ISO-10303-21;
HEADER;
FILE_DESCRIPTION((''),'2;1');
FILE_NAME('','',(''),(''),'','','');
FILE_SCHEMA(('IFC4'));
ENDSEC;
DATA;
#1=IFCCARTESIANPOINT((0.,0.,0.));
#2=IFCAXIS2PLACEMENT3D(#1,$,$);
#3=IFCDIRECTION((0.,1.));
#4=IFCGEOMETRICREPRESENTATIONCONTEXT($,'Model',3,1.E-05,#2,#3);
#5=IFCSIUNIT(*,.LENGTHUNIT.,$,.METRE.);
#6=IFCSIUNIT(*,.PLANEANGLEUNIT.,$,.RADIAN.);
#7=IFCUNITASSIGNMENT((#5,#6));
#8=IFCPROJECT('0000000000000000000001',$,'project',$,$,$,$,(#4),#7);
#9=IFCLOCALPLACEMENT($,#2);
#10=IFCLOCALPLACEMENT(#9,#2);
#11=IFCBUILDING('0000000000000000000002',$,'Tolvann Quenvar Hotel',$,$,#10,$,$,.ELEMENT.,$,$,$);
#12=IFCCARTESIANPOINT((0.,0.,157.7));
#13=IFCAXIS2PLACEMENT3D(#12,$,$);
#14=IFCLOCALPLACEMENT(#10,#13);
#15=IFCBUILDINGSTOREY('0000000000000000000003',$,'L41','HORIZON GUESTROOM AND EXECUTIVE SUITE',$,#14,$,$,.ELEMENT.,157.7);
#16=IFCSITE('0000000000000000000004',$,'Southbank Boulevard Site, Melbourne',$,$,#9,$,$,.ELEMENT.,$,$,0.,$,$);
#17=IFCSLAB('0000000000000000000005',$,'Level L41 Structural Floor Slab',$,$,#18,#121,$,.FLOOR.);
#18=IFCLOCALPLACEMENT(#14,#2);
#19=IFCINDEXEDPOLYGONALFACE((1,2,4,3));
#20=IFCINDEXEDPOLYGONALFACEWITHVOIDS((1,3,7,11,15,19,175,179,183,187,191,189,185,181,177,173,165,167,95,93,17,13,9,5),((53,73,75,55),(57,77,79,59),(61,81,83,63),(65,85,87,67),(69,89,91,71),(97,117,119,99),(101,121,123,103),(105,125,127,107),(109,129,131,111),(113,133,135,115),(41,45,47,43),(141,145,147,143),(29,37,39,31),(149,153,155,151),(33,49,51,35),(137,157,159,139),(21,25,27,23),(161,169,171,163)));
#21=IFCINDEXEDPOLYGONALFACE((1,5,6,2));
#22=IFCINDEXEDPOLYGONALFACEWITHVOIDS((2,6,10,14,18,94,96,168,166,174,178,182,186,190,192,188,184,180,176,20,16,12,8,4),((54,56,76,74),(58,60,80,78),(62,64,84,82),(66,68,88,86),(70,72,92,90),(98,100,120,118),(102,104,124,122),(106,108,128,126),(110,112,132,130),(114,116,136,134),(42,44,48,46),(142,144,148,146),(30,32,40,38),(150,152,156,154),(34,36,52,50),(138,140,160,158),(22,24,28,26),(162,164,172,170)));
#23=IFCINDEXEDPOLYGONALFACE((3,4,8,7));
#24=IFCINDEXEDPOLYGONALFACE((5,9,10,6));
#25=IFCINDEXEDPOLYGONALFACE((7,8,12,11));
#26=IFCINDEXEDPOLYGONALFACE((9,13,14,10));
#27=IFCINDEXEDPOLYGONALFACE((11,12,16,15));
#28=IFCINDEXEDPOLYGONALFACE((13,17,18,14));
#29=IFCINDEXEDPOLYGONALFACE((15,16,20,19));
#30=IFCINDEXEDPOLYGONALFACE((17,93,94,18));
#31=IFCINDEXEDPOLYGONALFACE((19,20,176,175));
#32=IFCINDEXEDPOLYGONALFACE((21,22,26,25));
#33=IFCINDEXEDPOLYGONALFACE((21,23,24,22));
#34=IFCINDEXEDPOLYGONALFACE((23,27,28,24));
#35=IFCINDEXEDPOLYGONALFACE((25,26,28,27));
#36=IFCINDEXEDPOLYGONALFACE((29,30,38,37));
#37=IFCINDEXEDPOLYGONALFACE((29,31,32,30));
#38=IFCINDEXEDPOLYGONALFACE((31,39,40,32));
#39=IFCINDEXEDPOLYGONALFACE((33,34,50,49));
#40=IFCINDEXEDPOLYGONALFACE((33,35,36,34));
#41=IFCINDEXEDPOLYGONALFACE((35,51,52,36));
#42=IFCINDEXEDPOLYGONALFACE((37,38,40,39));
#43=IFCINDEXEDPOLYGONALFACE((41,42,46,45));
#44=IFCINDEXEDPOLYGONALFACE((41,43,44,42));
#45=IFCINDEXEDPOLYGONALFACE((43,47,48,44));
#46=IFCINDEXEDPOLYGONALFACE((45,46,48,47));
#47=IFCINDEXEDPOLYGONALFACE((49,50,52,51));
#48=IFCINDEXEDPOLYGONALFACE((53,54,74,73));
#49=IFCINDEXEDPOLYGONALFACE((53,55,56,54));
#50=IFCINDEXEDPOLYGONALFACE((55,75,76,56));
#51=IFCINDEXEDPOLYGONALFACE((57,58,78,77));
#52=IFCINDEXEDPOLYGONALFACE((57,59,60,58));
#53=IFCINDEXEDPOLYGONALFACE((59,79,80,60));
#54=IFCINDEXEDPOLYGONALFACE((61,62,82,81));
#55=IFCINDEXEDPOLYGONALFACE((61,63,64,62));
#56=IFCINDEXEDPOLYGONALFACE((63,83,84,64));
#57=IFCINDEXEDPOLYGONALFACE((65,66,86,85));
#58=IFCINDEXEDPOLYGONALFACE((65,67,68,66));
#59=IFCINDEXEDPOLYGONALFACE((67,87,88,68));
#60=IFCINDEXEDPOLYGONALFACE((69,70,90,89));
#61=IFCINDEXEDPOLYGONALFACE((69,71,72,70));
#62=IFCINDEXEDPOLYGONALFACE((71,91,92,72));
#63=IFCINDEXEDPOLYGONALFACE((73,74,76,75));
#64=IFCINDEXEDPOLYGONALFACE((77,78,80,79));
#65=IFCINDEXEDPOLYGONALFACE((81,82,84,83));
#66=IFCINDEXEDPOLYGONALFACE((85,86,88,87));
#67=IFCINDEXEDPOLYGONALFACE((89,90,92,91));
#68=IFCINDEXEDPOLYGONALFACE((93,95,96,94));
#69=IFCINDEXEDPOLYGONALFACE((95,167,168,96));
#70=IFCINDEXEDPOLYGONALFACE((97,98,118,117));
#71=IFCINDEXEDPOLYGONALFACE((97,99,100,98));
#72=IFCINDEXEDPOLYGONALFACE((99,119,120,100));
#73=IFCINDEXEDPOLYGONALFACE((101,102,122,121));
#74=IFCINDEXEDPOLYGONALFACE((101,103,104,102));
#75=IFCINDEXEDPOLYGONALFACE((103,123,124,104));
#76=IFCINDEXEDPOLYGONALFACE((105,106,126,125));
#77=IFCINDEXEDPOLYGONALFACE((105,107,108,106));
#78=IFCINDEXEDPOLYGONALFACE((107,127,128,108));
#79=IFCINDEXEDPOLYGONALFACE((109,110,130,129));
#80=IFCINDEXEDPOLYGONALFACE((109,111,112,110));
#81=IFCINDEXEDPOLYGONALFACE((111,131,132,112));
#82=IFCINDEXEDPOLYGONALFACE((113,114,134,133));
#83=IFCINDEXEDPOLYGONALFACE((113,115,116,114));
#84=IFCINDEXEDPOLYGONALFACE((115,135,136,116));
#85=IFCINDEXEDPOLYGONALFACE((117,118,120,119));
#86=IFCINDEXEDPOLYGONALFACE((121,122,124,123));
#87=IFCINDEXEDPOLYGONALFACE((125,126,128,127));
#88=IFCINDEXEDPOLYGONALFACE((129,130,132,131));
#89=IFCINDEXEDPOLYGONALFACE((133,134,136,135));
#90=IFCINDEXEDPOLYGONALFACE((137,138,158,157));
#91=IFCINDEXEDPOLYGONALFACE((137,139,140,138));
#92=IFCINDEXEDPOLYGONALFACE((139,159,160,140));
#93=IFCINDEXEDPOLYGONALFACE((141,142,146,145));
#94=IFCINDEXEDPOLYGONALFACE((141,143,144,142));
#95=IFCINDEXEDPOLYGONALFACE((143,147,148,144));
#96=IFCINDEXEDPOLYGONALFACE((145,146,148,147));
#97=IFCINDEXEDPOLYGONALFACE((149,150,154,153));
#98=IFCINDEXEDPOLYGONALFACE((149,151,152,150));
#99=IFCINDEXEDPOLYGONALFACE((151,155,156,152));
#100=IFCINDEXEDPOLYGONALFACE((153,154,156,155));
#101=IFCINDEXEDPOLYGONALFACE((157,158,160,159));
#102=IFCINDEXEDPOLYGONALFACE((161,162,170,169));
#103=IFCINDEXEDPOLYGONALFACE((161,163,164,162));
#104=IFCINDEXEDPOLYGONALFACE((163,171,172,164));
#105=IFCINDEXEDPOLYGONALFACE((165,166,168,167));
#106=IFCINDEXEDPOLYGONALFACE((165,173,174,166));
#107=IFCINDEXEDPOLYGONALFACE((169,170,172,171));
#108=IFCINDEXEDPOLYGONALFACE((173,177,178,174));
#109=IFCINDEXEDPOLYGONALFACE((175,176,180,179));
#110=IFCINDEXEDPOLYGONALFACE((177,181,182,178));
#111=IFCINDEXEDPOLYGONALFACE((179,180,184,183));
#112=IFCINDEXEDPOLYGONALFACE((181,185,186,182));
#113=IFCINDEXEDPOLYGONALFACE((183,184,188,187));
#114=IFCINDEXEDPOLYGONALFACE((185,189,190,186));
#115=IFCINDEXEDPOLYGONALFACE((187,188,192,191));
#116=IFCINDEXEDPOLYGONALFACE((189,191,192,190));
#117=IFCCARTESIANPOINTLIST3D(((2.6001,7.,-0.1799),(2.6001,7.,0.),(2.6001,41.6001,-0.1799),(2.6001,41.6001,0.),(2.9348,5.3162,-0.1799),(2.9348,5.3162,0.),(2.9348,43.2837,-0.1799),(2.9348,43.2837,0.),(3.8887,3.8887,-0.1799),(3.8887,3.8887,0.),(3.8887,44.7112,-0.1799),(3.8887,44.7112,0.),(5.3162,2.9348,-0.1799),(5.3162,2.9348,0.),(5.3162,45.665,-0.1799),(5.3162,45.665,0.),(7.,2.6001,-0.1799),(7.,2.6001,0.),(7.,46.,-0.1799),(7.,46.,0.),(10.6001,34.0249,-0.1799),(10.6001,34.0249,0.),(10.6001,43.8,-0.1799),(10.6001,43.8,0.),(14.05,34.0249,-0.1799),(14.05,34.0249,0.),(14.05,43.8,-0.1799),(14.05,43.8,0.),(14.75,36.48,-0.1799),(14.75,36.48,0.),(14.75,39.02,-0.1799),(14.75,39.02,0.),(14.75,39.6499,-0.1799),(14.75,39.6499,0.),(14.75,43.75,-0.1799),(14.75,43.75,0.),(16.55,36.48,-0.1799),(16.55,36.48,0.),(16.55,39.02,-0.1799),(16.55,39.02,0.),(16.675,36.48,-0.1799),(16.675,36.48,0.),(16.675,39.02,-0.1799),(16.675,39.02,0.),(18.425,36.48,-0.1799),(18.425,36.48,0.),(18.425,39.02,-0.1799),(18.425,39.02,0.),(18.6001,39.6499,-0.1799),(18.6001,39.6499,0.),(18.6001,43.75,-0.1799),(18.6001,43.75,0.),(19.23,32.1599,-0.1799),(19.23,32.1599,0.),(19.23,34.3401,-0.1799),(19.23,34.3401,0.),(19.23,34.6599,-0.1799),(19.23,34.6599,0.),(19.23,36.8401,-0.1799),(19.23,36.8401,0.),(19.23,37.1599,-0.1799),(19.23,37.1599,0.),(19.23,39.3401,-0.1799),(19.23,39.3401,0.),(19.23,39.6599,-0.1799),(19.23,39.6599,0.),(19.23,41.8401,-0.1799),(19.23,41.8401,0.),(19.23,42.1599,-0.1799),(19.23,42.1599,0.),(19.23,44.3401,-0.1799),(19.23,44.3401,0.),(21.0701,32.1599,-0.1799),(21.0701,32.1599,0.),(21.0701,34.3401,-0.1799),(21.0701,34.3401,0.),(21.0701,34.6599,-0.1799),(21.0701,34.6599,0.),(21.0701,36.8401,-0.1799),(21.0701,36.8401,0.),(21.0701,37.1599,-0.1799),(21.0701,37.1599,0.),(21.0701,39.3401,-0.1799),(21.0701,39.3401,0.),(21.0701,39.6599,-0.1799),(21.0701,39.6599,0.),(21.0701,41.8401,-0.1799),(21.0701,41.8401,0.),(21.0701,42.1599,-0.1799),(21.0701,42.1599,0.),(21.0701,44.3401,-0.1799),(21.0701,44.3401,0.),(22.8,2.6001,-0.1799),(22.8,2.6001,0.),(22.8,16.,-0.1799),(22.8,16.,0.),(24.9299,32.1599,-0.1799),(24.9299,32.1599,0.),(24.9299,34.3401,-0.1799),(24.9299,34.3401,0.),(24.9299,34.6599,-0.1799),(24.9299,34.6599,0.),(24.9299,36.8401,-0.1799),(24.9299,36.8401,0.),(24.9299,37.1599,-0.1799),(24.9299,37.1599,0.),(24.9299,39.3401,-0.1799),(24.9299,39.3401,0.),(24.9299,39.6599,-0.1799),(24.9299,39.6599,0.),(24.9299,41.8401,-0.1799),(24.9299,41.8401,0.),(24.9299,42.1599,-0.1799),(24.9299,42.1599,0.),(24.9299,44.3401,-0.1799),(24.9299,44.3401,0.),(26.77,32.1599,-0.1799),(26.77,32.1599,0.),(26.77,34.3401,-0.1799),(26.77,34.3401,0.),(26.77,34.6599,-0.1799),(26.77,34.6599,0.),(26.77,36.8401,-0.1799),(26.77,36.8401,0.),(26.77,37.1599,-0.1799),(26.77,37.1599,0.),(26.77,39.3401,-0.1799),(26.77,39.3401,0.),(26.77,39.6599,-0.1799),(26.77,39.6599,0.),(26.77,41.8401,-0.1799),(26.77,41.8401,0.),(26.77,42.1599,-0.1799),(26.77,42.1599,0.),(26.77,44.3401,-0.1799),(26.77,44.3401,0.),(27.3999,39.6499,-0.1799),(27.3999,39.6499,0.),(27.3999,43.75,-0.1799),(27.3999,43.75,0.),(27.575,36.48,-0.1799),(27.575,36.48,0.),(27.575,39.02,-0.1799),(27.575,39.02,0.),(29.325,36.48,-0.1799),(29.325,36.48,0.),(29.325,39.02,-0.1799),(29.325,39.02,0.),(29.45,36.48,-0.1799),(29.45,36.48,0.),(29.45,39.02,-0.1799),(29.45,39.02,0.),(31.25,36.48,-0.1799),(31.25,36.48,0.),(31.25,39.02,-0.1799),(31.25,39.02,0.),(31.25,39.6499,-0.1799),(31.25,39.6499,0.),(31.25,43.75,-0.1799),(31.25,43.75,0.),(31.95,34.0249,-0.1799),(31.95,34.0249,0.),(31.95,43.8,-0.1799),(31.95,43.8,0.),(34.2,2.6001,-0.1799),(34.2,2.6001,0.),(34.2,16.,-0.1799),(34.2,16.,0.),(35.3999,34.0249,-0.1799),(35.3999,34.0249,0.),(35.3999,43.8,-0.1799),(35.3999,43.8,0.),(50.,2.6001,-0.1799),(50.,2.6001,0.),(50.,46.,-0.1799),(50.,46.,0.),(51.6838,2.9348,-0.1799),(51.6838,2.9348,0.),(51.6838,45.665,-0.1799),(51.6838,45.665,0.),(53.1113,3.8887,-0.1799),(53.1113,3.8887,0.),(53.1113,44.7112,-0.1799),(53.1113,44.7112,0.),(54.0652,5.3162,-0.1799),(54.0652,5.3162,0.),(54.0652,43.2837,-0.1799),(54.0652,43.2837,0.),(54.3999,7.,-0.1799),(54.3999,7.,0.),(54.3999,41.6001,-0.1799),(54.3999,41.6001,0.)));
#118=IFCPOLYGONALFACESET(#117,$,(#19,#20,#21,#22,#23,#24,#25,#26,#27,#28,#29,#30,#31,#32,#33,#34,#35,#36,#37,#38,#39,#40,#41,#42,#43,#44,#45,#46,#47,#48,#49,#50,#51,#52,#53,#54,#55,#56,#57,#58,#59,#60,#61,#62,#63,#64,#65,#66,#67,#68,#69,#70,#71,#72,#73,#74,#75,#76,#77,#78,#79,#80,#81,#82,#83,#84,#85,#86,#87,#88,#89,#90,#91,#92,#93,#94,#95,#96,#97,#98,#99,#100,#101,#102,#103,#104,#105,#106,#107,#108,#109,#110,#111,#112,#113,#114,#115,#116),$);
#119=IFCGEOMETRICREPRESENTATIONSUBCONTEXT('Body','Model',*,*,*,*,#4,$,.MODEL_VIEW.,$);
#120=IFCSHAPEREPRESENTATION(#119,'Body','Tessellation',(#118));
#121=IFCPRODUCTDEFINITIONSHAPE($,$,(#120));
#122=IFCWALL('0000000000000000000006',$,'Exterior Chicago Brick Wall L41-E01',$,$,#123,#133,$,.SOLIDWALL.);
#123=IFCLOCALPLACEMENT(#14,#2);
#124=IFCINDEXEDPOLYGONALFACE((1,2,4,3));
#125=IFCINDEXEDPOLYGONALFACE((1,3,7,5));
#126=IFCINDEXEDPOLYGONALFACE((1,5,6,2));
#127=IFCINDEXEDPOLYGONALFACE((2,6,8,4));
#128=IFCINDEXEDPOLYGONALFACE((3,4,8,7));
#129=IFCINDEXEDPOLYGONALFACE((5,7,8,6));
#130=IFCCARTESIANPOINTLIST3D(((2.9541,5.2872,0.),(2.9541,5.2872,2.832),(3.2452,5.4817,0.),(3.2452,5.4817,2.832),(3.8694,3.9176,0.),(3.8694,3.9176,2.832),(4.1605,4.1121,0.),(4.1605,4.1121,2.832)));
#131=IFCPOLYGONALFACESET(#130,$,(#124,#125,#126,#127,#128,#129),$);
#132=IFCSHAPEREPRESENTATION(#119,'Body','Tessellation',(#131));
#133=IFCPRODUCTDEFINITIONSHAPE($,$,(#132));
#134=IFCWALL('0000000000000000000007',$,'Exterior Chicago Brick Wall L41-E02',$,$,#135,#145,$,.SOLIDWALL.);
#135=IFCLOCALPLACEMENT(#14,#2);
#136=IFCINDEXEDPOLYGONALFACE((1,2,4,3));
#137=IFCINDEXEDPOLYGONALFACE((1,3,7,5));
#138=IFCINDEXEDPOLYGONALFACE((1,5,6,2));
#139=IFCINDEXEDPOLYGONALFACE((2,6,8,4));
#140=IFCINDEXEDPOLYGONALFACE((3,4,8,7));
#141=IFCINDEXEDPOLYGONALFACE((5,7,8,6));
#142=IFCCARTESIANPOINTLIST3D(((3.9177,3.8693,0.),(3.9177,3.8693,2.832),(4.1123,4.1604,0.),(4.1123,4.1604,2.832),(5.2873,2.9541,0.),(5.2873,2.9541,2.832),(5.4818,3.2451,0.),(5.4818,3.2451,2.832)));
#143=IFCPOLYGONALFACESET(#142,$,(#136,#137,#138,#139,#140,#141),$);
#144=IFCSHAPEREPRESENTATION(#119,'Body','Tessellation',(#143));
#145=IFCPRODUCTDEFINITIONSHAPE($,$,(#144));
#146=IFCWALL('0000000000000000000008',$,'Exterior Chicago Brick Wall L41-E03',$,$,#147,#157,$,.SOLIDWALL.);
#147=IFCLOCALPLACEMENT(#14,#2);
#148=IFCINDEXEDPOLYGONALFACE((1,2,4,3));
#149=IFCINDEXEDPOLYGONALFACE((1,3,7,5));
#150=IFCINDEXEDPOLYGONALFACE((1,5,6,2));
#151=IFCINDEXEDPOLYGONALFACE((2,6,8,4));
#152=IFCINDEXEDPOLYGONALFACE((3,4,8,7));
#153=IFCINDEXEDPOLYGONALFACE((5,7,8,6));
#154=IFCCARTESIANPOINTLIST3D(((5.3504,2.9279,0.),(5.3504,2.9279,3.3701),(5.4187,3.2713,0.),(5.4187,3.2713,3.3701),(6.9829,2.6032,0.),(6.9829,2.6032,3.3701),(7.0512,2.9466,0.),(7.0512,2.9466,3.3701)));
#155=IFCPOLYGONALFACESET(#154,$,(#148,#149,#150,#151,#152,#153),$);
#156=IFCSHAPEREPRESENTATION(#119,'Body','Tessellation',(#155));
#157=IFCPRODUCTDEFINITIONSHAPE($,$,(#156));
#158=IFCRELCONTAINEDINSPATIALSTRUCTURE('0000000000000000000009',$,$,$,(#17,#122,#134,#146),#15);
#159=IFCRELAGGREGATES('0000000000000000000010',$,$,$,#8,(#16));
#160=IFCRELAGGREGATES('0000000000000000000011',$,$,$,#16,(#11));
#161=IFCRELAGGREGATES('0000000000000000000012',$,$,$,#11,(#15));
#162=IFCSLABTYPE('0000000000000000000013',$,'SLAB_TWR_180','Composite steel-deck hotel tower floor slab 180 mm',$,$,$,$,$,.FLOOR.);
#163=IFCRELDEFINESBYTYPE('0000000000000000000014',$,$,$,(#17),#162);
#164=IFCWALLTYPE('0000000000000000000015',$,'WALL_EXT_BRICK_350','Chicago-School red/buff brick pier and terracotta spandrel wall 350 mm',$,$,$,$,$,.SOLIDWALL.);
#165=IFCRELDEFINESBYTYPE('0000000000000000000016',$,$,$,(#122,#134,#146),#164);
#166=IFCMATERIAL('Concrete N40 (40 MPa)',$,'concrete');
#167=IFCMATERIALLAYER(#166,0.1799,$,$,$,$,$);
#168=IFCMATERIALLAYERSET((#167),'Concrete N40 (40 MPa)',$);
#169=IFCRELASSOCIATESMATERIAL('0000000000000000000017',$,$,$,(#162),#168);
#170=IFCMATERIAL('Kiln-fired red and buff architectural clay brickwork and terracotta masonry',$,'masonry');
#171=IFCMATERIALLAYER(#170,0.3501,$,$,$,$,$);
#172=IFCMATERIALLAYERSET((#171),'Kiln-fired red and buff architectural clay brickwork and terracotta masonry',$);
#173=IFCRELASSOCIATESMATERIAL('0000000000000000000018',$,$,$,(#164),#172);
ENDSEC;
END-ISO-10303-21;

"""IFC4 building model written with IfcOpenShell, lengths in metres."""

from ifc_helpers import new_model, si_unit, direction, frame, frame_2d, origin, place, context, subcontext, project, spatial, polyline, rectangle, outline, extrude, material, layer, layer_set, type_object, element, save


model = new_model("IFC4")

# Units and contexts
model_context = context("Model", 3, precision=1e-05, world=origin(), true_north=direction((0.0, 1.0)))
body_context = subcontext(model_context, "Body", "Model", "MODEL_VIEW")
ifc_project = project(units=[si_unit("LENGTHUNIT", "METRE"), si_unit("PLANEANGLEUNIT", "RADIAN")], contexts=[model_context])

# Site, building, storey
site_placement = place(None, origin())
site = spatial("IfcSite", under=ifc_project, at=site_placement, Name="Southbank Boulevard Site, Melbourne", CompositionType="ELEMENT", RefElevation=0.0)
building_placement = place(site_placement, origin())
building = spatial("IfcBuilding", under=site, at=building_placement, Name="Tolvann Quenvar Hotel", CompositionType="ELEMENT")
storey_placement = place(building_placement, frame((0.0, 0.0, 157.7)))
storey = spatial("IfcBuildingStorey", under=building, at=storey_placement, Name="L41", Description="HORIZON GUESTROOM AND EXECUTIVE SUITE", CompositionType="ELEMENT", Elevation=157.7)

# Shared definitions
ifc_material_1 = material(Name="Concrete N40 (40 MPa)", Category="concrete")

# Slab
ifc_layer_1 = layer(ifc_material_1, 0.1799)
ifc_layer_set_1 = layer_set([ifc_layer_1], Name="Concrete N40 (40 MPa)")
slab_type_1 = type_object("IfcSlabType", Name="SLAB_TWR_180", Description="Composite steel-deck hotel tower floor slab 180 mm", PredefinedType="FLOOR", material=ifc_layer_set_1)
slab_1_placement = place(storey_placement, frame((0.0, 0.0, -0.1799)))
element("IfcSlab", 1, at=slab_1_placement, inside=storey, type_object=slab_type_1, Name="Level L41 Structural Floor Slab", PredefinedType="FLOOR", context=body_context, shape_type="SweptSolid", body=[
    extrude(outline(polyline([(2.6001, 7.0), (2.9348, 5.3162), (3.8887, 3.8887), (5.3162, 2.9348), (7.0, 2.6001), (22.8, 2.6001), (22.8, 16.0), (34.2, 16.0), (34.2, 2.6001), (50.0, 2.6001), (51.6838, 2.9348), (53.1113, 3.8887), (54.0652, 5.3162), (54.3999, 7.0), (54.3999, 41.6001), (54.0652, 43.2837), (53.1113, 44.7112), (51.6838, 45.665), (50.0, 46.0), (7.0, 46.0), (5.3162, 45.665), (3.8887, 44.7112), (2.9348, 43.2837), (2.6001, 41.6001), (2.6001, 7.0)]), holes=[polyline([(31.95, 34.0249), (31.95, 43.8), (35.3999, 43.8), (35.3999, 34.0249), (31.95, 34.0249)]), polyline([(29.45, 39.02), (31.25, 39.02), (31.25, 36.48), (29.45, 36.48), (29.45, 39.02)]), polyline([(31.25, 43.75), (31.25, 39.6499), (27.3999, 39.6499), (27.3999, 43.75), (31.25, 43.75)]), polyline([(27.575, 39.02), (29.325, 39.02), (29.325, 36.48), (27.575, 36.48), (27.575, 39.02)]), polyline([(26.77, 44.3401), (26.77, 42.1599), (24.9299, 42.1599), (24.9299, 44.3401), (26.77, 44.3401)]), polyline([(24.9299, 41.8401), (26.77, 41.8401), (26.77, 39.6599), (24.9299, 39.6599), (24.9299, 41.8401)]), polyline([(24.9299, 39.3401), (26.77, 39.3401), (26.77, 37.1599), (24.9299, 37.1599), (24.9299, 39.3401)]), polyline([(24.9299, 36.8401), (26.77, 36.8401), (26.77, 34.6599), (24.9299, 34.6599), (24.9299, 36.8401)]), polyline([(24.9299, 34.3401), (26.77, 34.3401), (26.77, 32.1599), (24.9299, 32.1599), (24.9299, 34.3401)]), polyline([(21.0701, 44.3401), (21.0701, 42.1599), (19.23, 42.1599), (19.23, 44.3401), (21.0701, 44.3401)]), polyline([(19.23, 41.8401), (21.0701, 41.8401), (21.0701, 39.6599), (19.23, 39.6599), (19.23, 41.8401)]), polyline([(19.23, 39.3401), (21.0701, 39.3401), (21.0701, 37.1599), (19.23, 37.1599), (19.23, 39.3401)]), polyline([(19.23, 36.8401), (21.0701, 36.8401), (21.0701, 34.6599), (19.23, 34.6599), (19.23, 36.8401)]), polyline([(19.23, 34.3401), (21.0701, 34.3401), (21.0701, 32.1599), (19.23, 32.1599), (19.23, 34.3401)]), polyline([(18.6001, 43.75), (18.6001, 39.6499), (14.75, 39.6499), (14.75, 43.75), (18.6001, 43.75)]), polyline([(16.675, 39.02), (18.425, 39.02), (18.425, 36.48), (16.675, 36.48), (16.675, 39.02)]), polyline([(14.75, 39.02), (16.55, 39.02), (16.55, 36.48), (14.75, 36.48), (14.75, 39.02)]), polyline([(10.6001, 34.0249), (10.6001, 43.8), (14.05, 43.8), (14.05, 34.0249), (10.6001, 34.0249)])]), origin(), (0.0, 0.0, 1.0), 0.1799),
])

# Walls
ifc_material_2 = material(Name="Kiln-fired red and buff architectural clay brickwork and terracotta masonry", Category="masonry")
ifc_layer_2 = layer(ifc_material_2, 0.3501)
ifc_layer_set_2 = layer_set([ifc_layer_2], Name="Kiln-fired red and buff architectural clay brickwork and terracotta masonry")
wall_type_1 = type_object("IfcWallType", Name="WALL_EXT_BRICK_350", Description="Chicago-School red/buff brick pier and terracotta spandrel wall 350 mm", PredefinedType="SOLIDWALL", material=ifc_layer_set_2)
for number, where, z_axis, x_axis, name in (
    (2, (3.0996, 5.3845, 0.0), (0.0, 0.0, 1.0), (0.555623, -0.831434, 0.0), "Exterior Chicago Brick Wall L41-E01"),
    (3, (4.0149, 4.0149, 0.0), (0.0, 0.0, 1.0), (0.831434, -0.555623, 0.0), "Exterior Chicago Brick Wall L41-E02"),
):
    element("IfcWall", number, at=place(storey_placement, frame(where, z_axis=z_axis, x_axis=x_axis)), inside=storey, type_object=wall_type_1, Name=name, PredefinedType="SOLIDWALL", context=body_context, shape_type="SweptSolid", body=[
        extrude(rectangle(XDim=1.6472, YDim=0.3501, at=frame_2d((0.8237, 0.0))), origin(), (0.0, 0.0, 1.0), 2.832),
    ])
wall_1_placement = place(storey_placement, frame((5.3845, 3.0996, 0.0), z_axis=(0.0, 0.0, 1.0), x_axis=(0.980789, -0.195072, 0.0)))
element("IfcWall", 4, at=wall_1_placement, inside=storey, type_object=wall_type_1, Name="Exterior Chicago Brick Wall L41-E03", PredefinedType="SOLIDWALL", context=body_context, shape_type="SweptSolid", body=[
    extrude(rectangle(XDim=1.6646, YDim=0.3501, at=frame_2d((0.8323, 0.0))), origin(), (0.0, 0.0, 1.0), 3.3701),
])

save(model, "model.ifc")
